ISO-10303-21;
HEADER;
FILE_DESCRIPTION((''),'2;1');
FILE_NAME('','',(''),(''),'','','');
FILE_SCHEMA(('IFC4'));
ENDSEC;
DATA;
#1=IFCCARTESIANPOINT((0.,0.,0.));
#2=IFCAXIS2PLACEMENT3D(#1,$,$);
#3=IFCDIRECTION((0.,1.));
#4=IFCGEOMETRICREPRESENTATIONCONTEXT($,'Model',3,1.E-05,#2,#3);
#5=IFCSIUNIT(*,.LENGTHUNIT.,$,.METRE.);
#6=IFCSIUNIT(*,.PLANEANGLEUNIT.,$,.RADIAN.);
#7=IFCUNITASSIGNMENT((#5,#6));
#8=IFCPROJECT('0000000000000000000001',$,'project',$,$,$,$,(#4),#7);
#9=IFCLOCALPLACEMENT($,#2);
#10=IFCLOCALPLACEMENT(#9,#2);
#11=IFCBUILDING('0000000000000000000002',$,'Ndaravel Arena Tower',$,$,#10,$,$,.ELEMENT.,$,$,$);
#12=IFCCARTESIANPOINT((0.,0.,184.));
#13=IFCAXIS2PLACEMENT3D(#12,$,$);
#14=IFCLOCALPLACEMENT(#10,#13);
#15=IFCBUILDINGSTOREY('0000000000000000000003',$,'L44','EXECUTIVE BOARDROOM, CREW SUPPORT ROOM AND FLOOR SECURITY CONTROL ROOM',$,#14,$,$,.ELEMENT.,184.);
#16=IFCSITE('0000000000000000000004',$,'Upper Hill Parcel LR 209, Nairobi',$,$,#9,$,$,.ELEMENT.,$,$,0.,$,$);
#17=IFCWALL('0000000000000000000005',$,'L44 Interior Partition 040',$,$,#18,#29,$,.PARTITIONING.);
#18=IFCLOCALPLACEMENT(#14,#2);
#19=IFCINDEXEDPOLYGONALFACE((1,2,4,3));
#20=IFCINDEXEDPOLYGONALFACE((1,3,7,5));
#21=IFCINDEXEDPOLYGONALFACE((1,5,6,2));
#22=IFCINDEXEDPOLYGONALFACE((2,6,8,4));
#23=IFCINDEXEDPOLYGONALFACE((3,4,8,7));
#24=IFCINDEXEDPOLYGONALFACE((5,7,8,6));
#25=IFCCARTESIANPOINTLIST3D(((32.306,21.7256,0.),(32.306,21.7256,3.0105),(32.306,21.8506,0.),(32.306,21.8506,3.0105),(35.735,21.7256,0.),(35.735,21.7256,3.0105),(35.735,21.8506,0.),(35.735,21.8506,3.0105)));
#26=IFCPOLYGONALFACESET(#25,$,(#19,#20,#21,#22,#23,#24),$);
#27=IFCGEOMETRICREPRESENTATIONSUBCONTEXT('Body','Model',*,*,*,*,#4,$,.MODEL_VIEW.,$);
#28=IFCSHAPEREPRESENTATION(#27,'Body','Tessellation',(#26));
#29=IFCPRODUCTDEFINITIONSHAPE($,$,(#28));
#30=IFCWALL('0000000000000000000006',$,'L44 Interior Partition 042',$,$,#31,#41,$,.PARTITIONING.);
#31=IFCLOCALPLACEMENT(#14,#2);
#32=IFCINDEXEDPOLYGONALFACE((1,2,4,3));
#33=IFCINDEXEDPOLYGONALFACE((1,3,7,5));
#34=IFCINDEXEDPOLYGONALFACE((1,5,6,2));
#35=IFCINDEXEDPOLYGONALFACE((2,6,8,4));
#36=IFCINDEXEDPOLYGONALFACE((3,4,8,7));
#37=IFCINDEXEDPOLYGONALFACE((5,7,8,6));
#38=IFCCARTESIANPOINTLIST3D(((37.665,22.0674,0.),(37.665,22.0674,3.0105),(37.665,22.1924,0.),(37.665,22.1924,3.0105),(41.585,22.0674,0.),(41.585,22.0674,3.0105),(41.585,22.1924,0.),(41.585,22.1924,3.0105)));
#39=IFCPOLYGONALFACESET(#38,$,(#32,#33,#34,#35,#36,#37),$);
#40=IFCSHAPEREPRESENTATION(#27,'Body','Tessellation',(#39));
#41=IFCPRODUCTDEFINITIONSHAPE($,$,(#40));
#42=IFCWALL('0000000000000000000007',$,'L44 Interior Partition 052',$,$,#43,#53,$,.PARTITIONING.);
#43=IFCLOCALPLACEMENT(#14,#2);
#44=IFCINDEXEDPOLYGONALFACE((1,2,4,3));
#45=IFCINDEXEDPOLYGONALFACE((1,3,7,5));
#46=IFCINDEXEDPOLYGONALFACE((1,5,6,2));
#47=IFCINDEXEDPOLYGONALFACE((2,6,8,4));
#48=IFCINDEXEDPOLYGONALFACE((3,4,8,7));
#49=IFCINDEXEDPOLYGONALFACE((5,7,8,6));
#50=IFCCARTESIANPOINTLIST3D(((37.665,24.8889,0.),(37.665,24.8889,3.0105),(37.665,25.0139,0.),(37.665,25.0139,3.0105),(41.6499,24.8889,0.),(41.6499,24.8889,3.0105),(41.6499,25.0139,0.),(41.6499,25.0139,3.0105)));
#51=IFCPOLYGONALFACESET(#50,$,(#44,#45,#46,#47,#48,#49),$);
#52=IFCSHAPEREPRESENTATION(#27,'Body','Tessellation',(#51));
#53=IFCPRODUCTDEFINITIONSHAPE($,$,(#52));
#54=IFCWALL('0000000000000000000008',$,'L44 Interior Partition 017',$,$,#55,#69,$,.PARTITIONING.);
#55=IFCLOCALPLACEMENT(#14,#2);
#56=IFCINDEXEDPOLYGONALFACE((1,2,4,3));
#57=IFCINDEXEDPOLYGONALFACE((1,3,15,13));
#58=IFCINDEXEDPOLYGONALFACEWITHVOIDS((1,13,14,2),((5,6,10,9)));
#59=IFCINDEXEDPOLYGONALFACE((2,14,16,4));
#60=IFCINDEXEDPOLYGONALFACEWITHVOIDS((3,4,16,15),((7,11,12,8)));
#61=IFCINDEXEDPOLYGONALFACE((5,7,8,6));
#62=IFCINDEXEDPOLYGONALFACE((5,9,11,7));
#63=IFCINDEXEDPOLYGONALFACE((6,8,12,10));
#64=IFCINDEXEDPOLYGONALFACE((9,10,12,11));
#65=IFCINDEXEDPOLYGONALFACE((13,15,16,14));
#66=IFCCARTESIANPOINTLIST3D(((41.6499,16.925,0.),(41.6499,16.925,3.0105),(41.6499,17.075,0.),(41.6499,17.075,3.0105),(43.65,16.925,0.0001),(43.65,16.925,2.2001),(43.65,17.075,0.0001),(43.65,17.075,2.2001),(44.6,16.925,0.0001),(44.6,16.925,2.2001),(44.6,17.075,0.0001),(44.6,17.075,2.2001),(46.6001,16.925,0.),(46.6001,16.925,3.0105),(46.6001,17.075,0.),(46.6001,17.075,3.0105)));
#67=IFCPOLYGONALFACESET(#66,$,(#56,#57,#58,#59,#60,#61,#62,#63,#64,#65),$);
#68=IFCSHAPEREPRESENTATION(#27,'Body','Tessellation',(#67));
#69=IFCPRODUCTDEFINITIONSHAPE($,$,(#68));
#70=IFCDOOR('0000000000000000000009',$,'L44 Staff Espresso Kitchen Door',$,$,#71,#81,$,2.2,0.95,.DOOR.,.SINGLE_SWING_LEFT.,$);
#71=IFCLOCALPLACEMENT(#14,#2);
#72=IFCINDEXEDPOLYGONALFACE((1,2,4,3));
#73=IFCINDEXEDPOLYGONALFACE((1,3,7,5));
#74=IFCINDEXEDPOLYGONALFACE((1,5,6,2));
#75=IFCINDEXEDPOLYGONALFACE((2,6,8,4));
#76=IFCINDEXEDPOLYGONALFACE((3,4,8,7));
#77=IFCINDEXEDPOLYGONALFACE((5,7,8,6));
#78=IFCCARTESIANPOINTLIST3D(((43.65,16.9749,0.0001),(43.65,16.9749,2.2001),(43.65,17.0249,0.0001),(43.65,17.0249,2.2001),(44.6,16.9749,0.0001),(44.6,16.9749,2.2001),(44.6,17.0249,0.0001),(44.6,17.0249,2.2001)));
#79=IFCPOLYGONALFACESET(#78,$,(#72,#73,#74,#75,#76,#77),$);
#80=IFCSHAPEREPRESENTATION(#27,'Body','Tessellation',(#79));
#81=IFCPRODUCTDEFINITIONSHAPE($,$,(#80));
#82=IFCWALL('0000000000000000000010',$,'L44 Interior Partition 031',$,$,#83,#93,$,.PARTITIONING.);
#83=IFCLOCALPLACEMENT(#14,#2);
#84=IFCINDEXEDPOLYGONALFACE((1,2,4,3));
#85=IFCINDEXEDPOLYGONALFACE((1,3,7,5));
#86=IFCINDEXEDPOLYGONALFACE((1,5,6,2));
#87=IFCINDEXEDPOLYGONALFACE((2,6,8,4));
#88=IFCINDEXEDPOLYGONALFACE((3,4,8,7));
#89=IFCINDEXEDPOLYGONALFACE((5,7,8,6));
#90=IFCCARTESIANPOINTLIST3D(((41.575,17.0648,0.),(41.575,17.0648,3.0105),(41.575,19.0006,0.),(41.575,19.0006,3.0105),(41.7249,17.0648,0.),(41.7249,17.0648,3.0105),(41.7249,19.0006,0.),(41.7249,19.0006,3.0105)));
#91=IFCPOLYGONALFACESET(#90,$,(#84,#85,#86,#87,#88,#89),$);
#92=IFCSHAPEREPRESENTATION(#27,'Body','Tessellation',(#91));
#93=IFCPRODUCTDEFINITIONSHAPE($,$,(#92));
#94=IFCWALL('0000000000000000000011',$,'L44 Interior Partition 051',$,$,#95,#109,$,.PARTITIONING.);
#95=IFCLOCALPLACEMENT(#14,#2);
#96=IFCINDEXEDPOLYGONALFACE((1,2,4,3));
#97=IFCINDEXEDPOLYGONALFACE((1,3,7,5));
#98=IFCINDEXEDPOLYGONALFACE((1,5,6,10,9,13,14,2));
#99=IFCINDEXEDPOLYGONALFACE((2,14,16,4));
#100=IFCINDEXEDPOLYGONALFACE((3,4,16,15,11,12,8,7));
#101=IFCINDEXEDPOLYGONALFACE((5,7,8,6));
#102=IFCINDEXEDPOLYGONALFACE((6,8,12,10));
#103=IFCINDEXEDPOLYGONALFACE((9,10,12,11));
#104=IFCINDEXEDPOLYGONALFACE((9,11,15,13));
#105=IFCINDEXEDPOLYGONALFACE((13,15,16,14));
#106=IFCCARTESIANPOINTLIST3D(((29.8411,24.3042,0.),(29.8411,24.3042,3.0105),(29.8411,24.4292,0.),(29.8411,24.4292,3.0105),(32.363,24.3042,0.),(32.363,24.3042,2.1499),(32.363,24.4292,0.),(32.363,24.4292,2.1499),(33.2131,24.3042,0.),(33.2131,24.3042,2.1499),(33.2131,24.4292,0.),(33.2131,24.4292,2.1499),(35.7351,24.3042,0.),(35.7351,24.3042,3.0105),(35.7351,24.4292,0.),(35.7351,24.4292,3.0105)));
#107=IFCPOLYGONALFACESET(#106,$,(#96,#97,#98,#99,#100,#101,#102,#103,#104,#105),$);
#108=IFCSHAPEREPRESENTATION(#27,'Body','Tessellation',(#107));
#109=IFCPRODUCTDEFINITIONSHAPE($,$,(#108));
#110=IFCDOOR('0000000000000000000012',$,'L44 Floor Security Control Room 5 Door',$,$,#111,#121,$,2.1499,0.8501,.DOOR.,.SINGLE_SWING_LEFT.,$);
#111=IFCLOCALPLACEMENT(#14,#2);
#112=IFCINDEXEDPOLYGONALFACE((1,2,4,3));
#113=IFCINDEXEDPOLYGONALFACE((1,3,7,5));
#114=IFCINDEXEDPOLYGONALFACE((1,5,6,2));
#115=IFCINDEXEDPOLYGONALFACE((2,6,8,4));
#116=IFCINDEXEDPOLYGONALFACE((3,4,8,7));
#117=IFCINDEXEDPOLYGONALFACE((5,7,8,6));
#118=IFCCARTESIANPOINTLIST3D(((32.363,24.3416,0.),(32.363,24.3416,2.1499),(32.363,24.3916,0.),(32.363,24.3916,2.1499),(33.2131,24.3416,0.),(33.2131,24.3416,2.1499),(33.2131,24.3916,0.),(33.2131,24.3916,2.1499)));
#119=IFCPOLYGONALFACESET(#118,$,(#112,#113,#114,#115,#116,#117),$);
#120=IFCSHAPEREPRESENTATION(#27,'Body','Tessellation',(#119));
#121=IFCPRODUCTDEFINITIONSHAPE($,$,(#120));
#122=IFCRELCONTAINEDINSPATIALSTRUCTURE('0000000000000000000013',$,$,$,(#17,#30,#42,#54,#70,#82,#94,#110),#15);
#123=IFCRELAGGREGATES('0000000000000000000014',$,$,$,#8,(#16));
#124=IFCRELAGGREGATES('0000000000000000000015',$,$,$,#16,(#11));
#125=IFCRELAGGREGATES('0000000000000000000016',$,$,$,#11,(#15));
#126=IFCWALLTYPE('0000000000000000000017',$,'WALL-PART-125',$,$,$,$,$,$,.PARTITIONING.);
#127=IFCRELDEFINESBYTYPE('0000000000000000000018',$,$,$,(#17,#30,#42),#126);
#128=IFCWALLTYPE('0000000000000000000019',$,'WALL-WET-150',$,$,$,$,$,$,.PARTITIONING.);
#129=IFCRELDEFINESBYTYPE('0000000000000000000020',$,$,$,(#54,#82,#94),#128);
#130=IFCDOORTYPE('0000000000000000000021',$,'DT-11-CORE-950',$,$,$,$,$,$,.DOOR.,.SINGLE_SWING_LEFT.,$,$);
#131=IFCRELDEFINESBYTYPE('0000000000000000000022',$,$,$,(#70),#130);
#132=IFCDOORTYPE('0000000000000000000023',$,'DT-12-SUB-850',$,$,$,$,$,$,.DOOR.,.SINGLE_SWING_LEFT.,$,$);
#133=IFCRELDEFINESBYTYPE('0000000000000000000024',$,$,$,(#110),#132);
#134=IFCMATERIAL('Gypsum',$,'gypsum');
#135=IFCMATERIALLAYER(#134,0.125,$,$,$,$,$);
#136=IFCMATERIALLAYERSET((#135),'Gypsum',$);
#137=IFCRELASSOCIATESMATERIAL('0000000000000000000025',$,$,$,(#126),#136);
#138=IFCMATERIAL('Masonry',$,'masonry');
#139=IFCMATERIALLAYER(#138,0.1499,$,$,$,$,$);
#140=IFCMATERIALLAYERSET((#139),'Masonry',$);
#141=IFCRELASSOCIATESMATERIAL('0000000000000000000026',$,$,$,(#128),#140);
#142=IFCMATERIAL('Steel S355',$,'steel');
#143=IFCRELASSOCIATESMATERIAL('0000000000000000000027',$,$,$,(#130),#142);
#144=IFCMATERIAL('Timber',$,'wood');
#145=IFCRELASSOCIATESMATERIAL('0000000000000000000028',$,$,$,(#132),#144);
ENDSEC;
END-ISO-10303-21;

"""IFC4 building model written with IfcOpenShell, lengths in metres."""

from ifc_helpers import new_model, si_unit, direction, frame, frame_2d, origin, place, context, subcontext, project, spatial, rectangle, extrude, material, layer, layer_set, type_object, element, fill, save


model = new_model("IFC4")

# Units and contexts
model_context = context("Model", 3, precision=1e-05, world=origin(), true_north=direction((0.0, 1.0)))
body_context = subcontext(model_context, "Body", "Model", "MODEL_VIEW")
ifc_project = project(units=[si_unit("LENGTHUNIT", "METRE"), si_unit("PLANEANGLEUNIT", "RADIAN")], contexts=[model_context])

# Site, building, storey
site_placement = place(None, origin())
site = spatial("IfcSite", under=ifc_project, at=site_placement, Name="Upper Hill Parcel LR 209, Nairobi", CompositionType="ELEMENT", RefElevation=0.0)
building_placement = place(site_placement, origin())
building = spatial("IfcBuilding", under=site, at=building_placement, Name="Ndaravel Arena Tower", CompositionType="ELEMENT")
storey_placement = place(building_placement, frame((0.0, 0.0, 184.0)))
storey = spatial("IfcBuildingStorey", under=building, at=storey_placement, Name="L44", Description="EXECUTIVE BOARDROOM, CREW SUPPORT ROOM AND FLOOR SECURITY CONTROL ROOM", CompositionType="ELEMENT", Elevation=184.0)

# Shared definitions
ifc_material_1 = material(Name="Gypsum", Category="gypsum")
ifc_layer_1 = layer(ifc_material_1, 0.125)
ifc_layer_set_1 = layer_set([ifc_layer_1], Name="Gypsum")
wall_type_1 = type_object("IfcWallType", Name="WALL-PART-125", PredefinedType="PARTITIONING", material=ifc_layer_set_1)

# Walls
wall_1_placement = place(storey_placement, frame((32.3062, 21.7881, 0.0), z_axis=(0.0, 0.0, 1.0), x_axis=(1.0, 0.0, 0.0)))
element("IfcWall", 1, at=wall_1_placement, inside=storey, type_object=wall_type_1, Name="L44 Interior Partition 040", PredefinedType="PARTITIONING", context=body_context, shape_type="SweptSolid", body=[
    extrude(rectangle(XDim=3.429, YDim=0.125, at=frame_2d((1.7144, 0.0))), origin(), (0.0, 0.0, 1.0), 3.0105),
])
wall_2_placement = place(storey_placement, frame((37.665, 22.1299, 0.0), z_axis=(0.0, 0.0, 1.0), x_axis=(1.0, 0.0, 0.0)))
element("IfcWall", 2, at=wall_2_placement, inside=storey, type_object=wall_type_1, Name="L44 Interior Partition 042", PredefinedType="PARTITIONING", context=body_context, shape_type="SweptSolid", body=[
    extrude(rectangle(XDim=3.9199, YDim=0.125, at=frame_2d((1.96, 0.0))), origin(), (0.0, 0.0, 1.0), 3.0105),
])
wall_3_placement = place(storey_placement, frame((37.665, 24.9514, 0.0), z_axis=(0.0, 0.0, 1.0), x_axis=(1.0, 0.0, 0.0)))
element("IfcWall", 3, at=wall_3_placement, inside=storey, type_object=wall_type_1, Name="L44 Interior Partition 052", PredefinedType="PARTITIONING", context=body_context, shape_type="SweptSolid", body=[
    extrude(rectangle(XDim=3.9849, YDim=0.125, at=frame_2d((1.9924, 0.0))), origin(), (0.0, 0.0, 1.0), 3.0105),
])

# Wall, opening, door
ifc_material_2 = material(Name="Masonry", Category="masonry")
ifc_layer_2 = layer(ifc_material_2, 0.1499)
ifc_layer_set_2 = layer_set([ifc_layer_2], Name="Masonry")
wall_type_2 = type_object("IfcWallType", Name="WALL-WET-150", PredefinedType="PARTITIONING", material=ifc_layer_set_2)
wall_4_placement = place(storey_placement, frame((41.6499, 17.0, 0.0), z_axis=(0.0, 0.0, 1.0), x_axis=(1.0, 0.0, 0.0)))
wall_4 = element("IfcWall", 4, at=wall_4_placement, inside=storey, type_object=wall_type_2, Name="L44 Interior Partition 017", PredefinedType="PARTITIONING", context=body_context, shape_type="SweptSolid", body=[
    extrude(rectangle(XDim=4.9502, YDim=0.1499, at=frame_2d((2.4751, 0.0))), origin(), (0.0, 0.0, 1.0), 3.0105),
])
opening_1_placement = place(wall_4_placement, frame((2.0, 0.0, 0.0)))
opening_1 = element("IfcOpeningElement", 5, at=opening_1_placement, cuts=wall_4, PredefinedType="OPENING", context=body_context, shape_type="SweptSolid", body=[
    extrude(rectangle(XDim=0.95, YDim=2.2, at=frame_2d((0.4751, 1.1001))), frame((0.0, 0.075, 0.0), z_axis=(0.0, -1.0, 0.0), x_axis=(1.0, 0.0, 0.0)), (0.0, 0.0, 1.0), 0.1499),
])
ifc_material_3 = material(Name="Steel S355", Category="steel")
door_type_1 = type_object("IfcDoorType", Name="DT-11-CORE-950", OperationType="SINGLE_SWING_LEFT", PredefinedType="DOOR", material=ifc_material_3)
door_1_placement = place(opening_1_placement, origin())
door_1 = element("IfcDoor", 6, at=door_1_placement, inside=storey, type_object=door_type_1, Name="L44 Staff Espresso Kitchen Door", OperationType="SINGLE_SWING_LEFT", OverallHeight=2.2, OverallWidth=0.95, PredefinedType="DOOR", context=body_context, shape_type="SweptSolid", body=[
    extrude(rectangle(XDim=0.95, YDim=2.2, at=frame_2d((0.4751, 1.1001))), frame((0.0, 0.0249, 0.0), z_axis=(0.0, -1.0, 0.0), x_axis=(1.0, 0.0, 0.0)), (0.0, 0.0, 1.0), 0.05),
])
fill(opening_1, door_1)

# Wall
wall_5_placement = place(storey_placement, frame((41.6499, 17.0649, 0.0), z_axis=(0.0, 0.0, 1.0), x_axis=(0.0, 1.0, 0.0)))
element("IfcWall", 7, at=wall_5_placement, inside=storey, type_object=wall_type_2, Name="L44 Interior Partition 031", PredefinedType="PARTITIONING", context=body_context, shape_type="SweptSolid", body=[
    extrude(rectangle(XDim=1.9358, YDim=0.1499, at=frame_2d((0.9678, 0.0))), origin(), (0.0, 0.0, 1.0), 3.0105),
])

# Wall, opening, door
wall_6_placement = place(storey_placement, frame((29.8411, 24.3667, 0.0), z_axis=(0.0, 0.0, 1.0), x_axis=(1.0, 0.0, 0.0)))
wall_6 = element("IfcWall", 8, at=wall_6_placement, inside=storey, type_object=wall_type_2, Name="L44 Interior Partition 051", PredefinedType="PARTITIONING", context=body_context, shape_type="SweptSolid", body=[
    extrude(rectangle(XDim=5.894, YDim=0.125, at=frame_2d((2.947, 0.0))), origin(), (0.0, 0.0, 1.0), 3.0105),
])
opening_2_placement = place(wall_6_placement, frame((2.522, 0.0, 0.0)))
opening_2 = element("IfcOpeningElement", 9, at=opening_2_placement, cuts=wall_6, PredefinedType="OPENING", context=body_context, shape_type="SweptSolid", body=[
    extrude(rectangle(XDim=0.8501, YDim=2.1499, at=frame_2d((0.425, 1.075))), frame((0.0, 0.0625, 0.0), z_axis=(0.0, -1.0, 0.0), x_axis=(1.0, 0.0, 0.0)), (0.0, 0.0, 1.0), 0.125),
])
ifc_material_4 = material(Name="Timber", Category="wood")
door_type_2 = type_object("IfcDoorType", Name="DT-12-SUB-850", OperationType="SINGLE_SWING_LEFT", PredefinedType="DOOR", material=ifc_material_4)
door_2_placement = place(opening_2_placement, origin())
door_2 = element("IfcDoor", 10, at=door_2_placement, inside=storey, type_object=door_type_2, Name="L44 Floor Security Control Room 5 Door", OperationType="SINGLE_SWING_LEFT", OverallHeight=2.1499, OverallWidth=0.8501, PredefinedType="DOOR", context=body_context, shape_type="SweptSolid", body=[
    extrude(rectangle(XDim=0.8501, YDim=2.1499, at=frame_2d((0.425, 1.075))), frame((0.0, 0.0249, 0.0), z_axis=(0.0, -1.0, 0.0), x_axis=(1.0, 0.0, 0.0)), (0.0, 0.0, 1.0), 0.05),
])
fill(opening_2, door_2)

save(model, "model.ifc")
